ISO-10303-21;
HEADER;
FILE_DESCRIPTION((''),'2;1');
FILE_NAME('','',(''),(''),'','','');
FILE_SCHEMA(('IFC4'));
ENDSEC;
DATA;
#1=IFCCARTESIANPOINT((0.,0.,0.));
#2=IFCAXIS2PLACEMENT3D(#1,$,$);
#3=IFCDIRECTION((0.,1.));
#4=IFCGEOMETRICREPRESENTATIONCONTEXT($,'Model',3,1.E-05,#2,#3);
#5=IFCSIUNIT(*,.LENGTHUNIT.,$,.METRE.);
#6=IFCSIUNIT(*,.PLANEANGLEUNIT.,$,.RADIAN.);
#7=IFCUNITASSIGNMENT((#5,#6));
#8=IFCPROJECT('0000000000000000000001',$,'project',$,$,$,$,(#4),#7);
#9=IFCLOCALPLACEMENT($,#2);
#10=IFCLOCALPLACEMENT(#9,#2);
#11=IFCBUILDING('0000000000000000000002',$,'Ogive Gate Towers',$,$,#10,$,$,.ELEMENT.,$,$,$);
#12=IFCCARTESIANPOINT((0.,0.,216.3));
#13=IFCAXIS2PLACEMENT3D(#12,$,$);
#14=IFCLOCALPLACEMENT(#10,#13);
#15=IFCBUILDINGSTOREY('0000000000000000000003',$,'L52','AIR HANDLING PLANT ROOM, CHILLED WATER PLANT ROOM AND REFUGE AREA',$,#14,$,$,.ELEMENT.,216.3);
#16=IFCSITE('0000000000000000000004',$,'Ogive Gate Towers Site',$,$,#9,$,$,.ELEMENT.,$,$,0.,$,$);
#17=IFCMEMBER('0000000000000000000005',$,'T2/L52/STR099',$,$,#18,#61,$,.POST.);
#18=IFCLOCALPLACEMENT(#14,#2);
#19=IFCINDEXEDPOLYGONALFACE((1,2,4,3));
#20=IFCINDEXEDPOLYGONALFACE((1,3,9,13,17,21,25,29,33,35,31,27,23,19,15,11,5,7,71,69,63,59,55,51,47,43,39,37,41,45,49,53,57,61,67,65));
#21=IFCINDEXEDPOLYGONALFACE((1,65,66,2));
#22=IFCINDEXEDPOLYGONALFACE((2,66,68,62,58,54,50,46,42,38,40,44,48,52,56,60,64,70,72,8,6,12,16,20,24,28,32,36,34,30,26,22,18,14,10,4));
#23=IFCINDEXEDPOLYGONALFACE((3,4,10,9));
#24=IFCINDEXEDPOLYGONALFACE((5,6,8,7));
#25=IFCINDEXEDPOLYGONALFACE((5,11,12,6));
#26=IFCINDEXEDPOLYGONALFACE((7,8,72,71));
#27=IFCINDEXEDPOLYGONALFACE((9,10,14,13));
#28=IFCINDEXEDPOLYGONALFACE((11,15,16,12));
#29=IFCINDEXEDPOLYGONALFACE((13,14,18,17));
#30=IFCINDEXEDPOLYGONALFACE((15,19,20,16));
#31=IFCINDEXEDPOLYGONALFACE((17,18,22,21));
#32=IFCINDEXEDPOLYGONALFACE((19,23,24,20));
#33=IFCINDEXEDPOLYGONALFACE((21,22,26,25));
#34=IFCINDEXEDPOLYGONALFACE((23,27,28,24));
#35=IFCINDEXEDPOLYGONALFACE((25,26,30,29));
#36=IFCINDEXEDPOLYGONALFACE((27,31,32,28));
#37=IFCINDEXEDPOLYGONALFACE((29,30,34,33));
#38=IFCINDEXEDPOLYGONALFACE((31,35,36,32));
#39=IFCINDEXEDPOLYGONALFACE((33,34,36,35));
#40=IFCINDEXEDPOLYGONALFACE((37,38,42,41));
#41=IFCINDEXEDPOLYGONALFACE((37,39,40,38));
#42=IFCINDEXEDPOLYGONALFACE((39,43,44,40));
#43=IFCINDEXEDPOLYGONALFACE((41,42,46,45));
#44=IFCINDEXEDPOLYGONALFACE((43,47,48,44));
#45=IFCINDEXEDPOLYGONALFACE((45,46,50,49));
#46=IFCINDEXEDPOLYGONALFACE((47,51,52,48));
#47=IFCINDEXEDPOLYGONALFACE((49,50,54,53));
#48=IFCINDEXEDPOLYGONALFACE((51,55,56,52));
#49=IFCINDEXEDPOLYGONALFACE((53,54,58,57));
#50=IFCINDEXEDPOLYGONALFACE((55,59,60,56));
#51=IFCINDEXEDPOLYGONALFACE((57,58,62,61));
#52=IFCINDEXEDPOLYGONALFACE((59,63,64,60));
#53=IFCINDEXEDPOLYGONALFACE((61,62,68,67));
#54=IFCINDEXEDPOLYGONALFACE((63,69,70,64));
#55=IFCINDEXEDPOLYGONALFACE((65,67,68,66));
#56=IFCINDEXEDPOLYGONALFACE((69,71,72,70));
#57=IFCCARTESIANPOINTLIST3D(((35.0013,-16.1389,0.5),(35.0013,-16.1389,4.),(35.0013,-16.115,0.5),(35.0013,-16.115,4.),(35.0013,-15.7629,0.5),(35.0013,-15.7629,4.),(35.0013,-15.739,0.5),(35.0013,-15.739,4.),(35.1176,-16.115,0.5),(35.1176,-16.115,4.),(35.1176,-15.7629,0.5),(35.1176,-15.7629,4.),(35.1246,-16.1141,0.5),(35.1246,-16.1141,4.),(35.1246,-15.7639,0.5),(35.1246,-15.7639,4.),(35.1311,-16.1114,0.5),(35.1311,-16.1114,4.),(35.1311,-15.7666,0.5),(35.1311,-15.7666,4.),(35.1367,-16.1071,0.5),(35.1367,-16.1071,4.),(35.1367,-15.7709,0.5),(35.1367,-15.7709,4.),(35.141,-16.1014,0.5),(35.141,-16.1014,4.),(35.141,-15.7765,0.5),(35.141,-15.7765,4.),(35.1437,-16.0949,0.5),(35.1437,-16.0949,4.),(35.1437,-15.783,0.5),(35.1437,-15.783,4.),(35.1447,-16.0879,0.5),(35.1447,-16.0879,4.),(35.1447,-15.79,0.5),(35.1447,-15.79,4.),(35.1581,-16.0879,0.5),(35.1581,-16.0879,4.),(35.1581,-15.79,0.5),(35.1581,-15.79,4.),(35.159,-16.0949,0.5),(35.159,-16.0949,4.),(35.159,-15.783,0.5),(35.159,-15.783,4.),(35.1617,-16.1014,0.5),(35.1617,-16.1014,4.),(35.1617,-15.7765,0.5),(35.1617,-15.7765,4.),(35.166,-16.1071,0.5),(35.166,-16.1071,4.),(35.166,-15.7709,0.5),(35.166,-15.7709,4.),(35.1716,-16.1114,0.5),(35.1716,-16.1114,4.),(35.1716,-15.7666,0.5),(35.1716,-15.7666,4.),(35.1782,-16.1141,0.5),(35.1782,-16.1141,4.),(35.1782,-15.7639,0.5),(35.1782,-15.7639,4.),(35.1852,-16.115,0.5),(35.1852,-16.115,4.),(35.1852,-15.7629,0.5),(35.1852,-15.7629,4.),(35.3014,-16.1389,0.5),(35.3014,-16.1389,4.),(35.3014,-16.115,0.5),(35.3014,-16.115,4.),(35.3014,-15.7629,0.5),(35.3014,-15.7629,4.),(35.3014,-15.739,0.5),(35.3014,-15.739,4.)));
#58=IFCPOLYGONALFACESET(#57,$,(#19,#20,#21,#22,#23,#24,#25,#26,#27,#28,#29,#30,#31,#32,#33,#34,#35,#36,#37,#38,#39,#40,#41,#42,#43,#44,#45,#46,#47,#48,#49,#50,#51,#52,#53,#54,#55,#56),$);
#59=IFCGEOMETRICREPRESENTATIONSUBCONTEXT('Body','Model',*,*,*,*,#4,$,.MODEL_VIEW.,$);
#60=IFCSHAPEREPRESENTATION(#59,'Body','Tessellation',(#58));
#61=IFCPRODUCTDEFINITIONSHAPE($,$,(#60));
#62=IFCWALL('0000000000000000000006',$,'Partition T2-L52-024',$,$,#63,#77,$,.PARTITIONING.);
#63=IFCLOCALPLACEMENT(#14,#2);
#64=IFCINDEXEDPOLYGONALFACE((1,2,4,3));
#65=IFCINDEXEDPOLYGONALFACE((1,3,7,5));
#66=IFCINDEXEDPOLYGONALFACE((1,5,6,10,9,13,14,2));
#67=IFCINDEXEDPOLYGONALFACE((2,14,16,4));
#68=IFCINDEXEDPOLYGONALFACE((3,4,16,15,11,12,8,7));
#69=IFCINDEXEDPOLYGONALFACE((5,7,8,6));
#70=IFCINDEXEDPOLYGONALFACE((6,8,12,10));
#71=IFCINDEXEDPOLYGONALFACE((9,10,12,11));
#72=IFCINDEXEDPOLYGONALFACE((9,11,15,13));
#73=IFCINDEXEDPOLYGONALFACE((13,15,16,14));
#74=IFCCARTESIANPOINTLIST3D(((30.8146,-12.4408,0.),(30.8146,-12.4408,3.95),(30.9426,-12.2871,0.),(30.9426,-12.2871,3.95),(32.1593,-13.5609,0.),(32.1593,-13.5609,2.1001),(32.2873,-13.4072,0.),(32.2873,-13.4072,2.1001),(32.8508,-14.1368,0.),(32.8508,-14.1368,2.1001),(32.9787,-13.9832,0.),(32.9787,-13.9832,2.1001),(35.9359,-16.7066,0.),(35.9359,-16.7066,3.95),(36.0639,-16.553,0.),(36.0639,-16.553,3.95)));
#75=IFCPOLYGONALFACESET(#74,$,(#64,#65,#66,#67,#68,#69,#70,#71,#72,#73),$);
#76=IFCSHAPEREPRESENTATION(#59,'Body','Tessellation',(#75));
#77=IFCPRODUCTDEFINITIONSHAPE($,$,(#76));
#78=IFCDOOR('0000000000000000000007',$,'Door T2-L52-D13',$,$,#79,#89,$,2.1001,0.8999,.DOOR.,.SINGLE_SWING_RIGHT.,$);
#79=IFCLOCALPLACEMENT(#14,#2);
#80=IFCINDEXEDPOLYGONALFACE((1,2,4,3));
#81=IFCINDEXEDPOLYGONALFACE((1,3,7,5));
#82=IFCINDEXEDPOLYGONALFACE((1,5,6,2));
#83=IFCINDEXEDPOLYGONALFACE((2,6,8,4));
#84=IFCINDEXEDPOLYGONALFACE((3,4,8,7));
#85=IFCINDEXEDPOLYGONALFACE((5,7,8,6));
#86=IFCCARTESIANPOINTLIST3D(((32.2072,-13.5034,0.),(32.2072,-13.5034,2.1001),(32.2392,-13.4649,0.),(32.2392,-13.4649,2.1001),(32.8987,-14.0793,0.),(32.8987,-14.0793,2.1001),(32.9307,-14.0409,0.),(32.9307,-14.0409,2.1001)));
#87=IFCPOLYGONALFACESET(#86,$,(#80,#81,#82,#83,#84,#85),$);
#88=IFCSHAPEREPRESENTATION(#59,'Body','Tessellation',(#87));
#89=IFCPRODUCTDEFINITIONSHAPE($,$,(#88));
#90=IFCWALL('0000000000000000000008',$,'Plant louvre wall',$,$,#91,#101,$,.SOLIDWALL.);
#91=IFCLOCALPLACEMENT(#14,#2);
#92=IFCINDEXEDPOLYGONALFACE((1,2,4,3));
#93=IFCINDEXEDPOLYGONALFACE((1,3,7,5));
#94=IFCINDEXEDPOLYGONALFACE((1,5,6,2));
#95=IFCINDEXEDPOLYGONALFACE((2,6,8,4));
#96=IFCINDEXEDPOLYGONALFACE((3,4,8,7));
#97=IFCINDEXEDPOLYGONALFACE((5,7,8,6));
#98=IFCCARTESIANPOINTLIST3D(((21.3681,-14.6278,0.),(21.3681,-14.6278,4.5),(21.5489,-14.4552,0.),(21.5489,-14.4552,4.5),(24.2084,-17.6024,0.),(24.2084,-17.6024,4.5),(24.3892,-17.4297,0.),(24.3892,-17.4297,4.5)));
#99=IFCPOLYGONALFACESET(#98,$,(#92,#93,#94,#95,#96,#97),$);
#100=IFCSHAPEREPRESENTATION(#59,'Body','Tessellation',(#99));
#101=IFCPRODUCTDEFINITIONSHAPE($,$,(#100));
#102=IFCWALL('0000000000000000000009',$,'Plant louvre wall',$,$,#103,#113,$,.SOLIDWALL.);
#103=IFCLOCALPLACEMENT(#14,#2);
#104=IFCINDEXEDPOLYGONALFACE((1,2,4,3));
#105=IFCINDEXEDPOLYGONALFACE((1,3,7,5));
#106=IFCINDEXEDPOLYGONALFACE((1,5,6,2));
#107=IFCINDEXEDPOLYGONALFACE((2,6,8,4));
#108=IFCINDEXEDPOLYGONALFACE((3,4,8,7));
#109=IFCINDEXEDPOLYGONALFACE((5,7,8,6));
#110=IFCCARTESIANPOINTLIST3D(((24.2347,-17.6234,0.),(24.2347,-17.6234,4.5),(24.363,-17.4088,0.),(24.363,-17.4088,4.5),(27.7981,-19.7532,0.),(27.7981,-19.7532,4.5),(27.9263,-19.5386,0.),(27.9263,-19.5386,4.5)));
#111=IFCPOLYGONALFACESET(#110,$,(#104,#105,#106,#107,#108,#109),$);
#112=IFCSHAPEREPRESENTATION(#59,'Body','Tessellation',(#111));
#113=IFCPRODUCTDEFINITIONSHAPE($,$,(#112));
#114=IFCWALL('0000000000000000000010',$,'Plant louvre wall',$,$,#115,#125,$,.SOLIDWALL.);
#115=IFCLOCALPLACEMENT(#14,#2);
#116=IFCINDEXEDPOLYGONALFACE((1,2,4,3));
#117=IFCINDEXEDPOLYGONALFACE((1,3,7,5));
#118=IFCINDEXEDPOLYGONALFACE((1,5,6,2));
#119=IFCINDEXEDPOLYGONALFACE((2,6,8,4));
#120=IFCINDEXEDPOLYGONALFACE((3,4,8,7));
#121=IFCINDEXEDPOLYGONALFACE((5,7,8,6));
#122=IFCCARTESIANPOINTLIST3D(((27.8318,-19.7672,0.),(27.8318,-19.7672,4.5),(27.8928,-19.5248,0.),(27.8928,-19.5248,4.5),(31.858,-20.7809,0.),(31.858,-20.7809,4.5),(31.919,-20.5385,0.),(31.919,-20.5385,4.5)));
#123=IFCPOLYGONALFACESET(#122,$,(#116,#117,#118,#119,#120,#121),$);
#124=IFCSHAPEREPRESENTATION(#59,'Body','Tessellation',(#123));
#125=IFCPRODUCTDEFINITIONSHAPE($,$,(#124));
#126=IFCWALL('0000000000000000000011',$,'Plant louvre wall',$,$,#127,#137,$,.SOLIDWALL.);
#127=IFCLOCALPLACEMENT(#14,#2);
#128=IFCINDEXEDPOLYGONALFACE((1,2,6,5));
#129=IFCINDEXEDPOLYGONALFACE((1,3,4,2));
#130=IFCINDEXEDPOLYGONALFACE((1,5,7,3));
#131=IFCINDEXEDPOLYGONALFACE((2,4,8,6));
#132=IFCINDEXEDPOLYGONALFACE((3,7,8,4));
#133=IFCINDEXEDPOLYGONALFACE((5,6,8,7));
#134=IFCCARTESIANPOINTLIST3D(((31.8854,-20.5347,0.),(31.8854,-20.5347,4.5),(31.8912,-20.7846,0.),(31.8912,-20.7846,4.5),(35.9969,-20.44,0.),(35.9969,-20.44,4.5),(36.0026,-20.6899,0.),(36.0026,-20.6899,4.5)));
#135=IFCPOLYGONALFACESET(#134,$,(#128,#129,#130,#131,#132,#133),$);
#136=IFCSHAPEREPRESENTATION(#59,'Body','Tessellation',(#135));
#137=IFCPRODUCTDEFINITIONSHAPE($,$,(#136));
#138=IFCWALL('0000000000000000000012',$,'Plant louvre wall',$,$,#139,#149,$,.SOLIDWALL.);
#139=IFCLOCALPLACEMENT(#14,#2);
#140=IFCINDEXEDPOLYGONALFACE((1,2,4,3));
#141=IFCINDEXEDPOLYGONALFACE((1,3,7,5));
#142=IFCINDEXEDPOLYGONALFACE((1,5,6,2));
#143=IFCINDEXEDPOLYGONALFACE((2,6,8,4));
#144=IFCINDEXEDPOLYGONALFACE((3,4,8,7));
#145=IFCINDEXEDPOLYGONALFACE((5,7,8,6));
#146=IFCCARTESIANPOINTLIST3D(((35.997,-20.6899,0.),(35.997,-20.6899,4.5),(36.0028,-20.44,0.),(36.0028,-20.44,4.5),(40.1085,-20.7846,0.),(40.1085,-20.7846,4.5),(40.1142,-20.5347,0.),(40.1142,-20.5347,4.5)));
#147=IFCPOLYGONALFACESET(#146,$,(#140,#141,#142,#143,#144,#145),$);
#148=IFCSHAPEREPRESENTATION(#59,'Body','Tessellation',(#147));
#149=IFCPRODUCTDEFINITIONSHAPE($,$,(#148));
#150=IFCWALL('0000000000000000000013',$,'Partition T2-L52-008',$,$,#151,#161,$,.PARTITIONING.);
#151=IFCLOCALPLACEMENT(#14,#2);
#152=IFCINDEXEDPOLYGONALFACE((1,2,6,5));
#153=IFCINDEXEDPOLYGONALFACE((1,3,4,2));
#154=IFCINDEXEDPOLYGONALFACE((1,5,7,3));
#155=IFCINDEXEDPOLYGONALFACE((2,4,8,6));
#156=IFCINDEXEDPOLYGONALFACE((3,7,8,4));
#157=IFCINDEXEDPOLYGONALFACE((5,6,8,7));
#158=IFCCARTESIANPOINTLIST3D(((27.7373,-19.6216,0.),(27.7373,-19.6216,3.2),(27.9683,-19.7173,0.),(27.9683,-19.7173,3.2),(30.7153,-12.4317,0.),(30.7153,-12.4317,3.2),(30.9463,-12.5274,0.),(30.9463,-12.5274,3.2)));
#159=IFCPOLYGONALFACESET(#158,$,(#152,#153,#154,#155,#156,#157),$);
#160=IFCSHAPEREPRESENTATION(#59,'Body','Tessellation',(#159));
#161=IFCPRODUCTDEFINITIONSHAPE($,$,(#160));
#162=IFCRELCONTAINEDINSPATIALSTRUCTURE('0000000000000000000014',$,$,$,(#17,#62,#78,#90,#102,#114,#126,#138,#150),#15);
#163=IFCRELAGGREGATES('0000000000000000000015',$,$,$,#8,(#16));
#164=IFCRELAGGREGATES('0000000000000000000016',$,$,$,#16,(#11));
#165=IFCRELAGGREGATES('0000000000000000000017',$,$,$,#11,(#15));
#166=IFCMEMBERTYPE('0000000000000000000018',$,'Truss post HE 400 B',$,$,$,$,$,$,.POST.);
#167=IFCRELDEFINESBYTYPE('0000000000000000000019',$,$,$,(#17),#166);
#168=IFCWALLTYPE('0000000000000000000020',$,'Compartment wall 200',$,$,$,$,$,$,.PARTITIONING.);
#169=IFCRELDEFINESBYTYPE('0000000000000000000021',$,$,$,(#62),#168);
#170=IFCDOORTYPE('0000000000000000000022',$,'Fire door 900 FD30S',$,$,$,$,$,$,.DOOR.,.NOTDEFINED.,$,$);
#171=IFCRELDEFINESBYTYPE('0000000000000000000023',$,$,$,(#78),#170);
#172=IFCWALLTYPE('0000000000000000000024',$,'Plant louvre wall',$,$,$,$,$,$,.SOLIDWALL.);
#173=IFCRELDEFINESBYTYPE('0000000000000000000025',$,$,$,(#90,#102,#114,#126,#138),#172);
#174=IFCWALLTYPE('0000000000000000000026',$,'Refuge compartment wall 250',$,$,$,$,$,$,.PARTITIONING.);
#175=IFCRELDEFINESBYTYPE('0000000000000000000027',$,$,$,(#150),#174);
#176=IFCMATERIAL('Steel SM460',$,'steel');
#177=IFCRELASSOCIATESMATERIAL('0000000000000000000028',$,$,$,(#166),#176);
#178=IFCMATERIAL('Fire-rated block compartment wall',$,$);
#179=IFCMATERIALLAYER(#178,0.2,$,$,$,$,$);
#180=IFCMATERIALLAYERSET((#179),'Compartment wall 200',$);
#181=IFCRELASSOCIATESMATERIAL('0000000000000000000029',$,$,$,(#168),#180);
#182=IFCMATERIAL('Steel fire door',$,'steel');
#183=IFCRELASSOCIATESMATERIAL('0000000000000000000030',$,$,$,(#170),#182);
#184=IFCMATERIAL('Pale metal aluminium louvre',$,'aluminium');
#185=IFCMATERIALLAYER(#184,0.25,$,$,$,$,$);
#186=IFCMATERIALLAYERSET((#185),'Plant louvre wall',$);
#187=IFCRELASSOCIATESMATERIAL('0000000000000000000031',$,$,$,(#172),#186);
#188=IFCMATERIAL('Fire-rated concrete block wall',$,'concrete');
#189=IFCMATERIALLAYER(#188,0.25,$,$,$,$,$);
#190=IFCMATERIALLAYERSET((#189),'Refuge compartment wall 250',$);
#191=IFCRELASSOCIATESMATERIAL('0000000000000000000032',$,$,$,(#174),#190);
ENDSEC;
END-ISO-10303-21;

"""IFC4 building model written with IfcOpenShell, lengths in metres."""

from ifc_helpers import new_model, si_unit, direction, frame, frame_2d, origin, origin_2d, place, context, subcontext, project, spatial, rectangle, i_section, extrude, material, layer, layer_set, material_profile, profile_set, type_object, element, fill, save


model = new_model("IFC4")

# Units and contexts
model_context = context("Model", 3, precision=1e-05, world=origin(), true_north=direction((0.0, 1.0)))
body_context = subcontext(model_context, "Body", "Model", "MODEL_VIEW")
ifc_project = project(units=[si_unit("LENGTHUNIT", "METRE"), si_unit("PLANEANGLEUNIT", "RADIAN")], contexts=[model_context])

# Site, building, storey
site_placement = place(None, origin())
site = spatial("IfcSite", under=ifc_project, at=site_placement, Name="Ogive Gate Towers Site", CompositionType="ELEMENT", RefElevation=0.0)
building_placement = place(site_placement, origin())
building = spatial("IfcBuilding", under=site, at=building_placement, Name="Ogive Gate Towers", CompositionType="ELEMENT")
storey_placement = place(building_placement, frame((0.0, 0.0, 216.3)))
storey = spatial("IfcBuildingStorey", under=building, at=storey_placement, Name="L52", Description="AIR HANDLING PLANT ROOM, CHILLED WATER PLANT ROOM AND REFUGE AREA", CompositionType="ELEMENT", Elevation=216.3)

# Shared definitions
ifc_material_1 = material(Name="Steel SM460", Category="steel")

# Member
ifc_material_profile_1 = material_profile(ifc_material_1, i_section(OverallWidth=0.3, OverallDepth=0.3999, WebThickness=0.0134, FlangeThickness=0.0239, FilletRadius=0.0271, at=origin_2d()), Name="HE 400 B")
ifc_profile_set_1 = profile_set([ifc_material_profile_1], Name="Steel SM460")
member_type_1 = type_object("IfcMemberType", Name="Truss post HE 400 B", PredefinedType="POST", material=ifc_profile_set_1)
for number, where, z_axis, x_axis, name in (
    (1, (35.1514, -15.939, 0.5), (0.0, 0.0, 1.0), (1.0, 0.0, 0.0), "T2/L52/STR099"),
):
    element("IfcMember", number, at=place(storey_placement, frame(where, z_axis=z_axis, x_axis=x_axis)), inside=storey, type_object=member_type_1, Name=name, PredefinedType="POST", context=body_context, shape_type="SweptSolid", body=[
        extrude(i_section(OverallWidth=0.3, OverallDepth=0.3999, WebThickness=0.0134, FlangeThickness=0.0239, FilletRadius=0.0271, at=origin_2d()), origin(), (0.0, 0.0, 1.0), 3.5),
    ])

# Wall, opening, door
ifc_material_2 = material(Name="Fire-rated block compartment wall")
ifc_layer_1 = layer(ifc_material_2, 0.2)
ifc_layer_set_1 = layer_set([ifc_layer_1], Name="Compartment wall 200")
wall_type_1 = type_object("IfcWallType", Name="Compartment wall 200", PredefinedType="PARTITIONING", material=ifc_layer_set_1)
wall_1_placement = place(storey_placement, frame((30.8787, -12.364, 0.0), z_axis=(0.0, 0.0, 1.0), x_axis=(0.768362, -0.640015, 0.0)))
wall_1 = element("IfcWall", 2, at=wall_1_placement, inside=storey, type_object=wall_type_1, Name="Partition T2-L52-024", PredefinedType="PARTITIONING", context=body_context, shape_type="SweptSolid", body=[
    extrude(rectangle(XDim=6.6653, YDim=0.2, at=frame_2d((3.3325, 0.0))), origin(), (0.0, 0.0, 1.0), 3.95),
])
opening_placement = place(wall_1_placement, frame((1.75, 0.0, 0.0)))
opening = element("IfcOpeningElement", 3, at=opening_placement, cuts=wall_1, PredefinedType="OPENING", context=body_context, shape_type="SweptSolid", body=[
    extrude(rectangle(XDim=0.8999, YDim=2.1001, at=frame_2d((0.45, 1.05))), frame((0.0, 0.1099, 0.0), z_axis=(0.0, -1.0, 0.0), x_axis=(1.0, 0.0, 0.0)), (0.0, 0.0, 1.0), 0.22),
])
ifc_material_3 = material(Name="Steel fire door", Category="steel")
door_type = type_object("IfcDoorType", Name="Fire door 900 FD30S", OperationType="NOTDEFINED", PredefinedType="DOOR", material=ifc_material_3)
door_placement = place(opening_placement, origin())
door = element("IfcDoor", 4, at=door_placement, inside=storey, type_object=door_type, Name="Door T2-L52-D13", OperationType="SINGLE_SWING_RIGHT", OverallHeight=2.1001, OverallWidth=0.8999, PredefinedType="DOOR", context=body_context, shape_type="SweptSolid", body=[
    extrude(rectangle(XDim=0.8999, YDim=2.1001, at=frame_2d((0.45, 1.05))), frame((0.0, 0.0249, 0.0), z_axis=(0.0, -1.0, 0.0), x_axis=(1.0, 0.0, 0.0)), (0.0, 0.0, 1.0), 0.05),
])
fill(opening, door)

# Walls
ifc_material_4 = material(Name="Pale metal aluminium louvre", Category="aluminium")
ifc_layer_2 = layer(ifc_material_4, 0.25)
ifc_layer_set_2 = layer_set([ifc_layer_2], Name="Plant louvre wall")
wall_type_2 = type_object("IfcWallType", Name="Plant louvre wall", PredefinedType="SOLIDWALL", material=ifc_layer_set_2)
wall_2_placement = place(storey_placement, frame((21.4585, -14.5415, 0.0), z_axis=(0.0, 0.0, 1.0), x_axis=(0.690594, -0.723242, 0.0)))
element("IfcWall", 5, at=wall_2_placement, inside=storey, type_object=wall_type_2, Name="Plant louvre wall", PredefinedType="SOLIDWALL", context=body_context, shape_type="SweptSolid", body=[
    extrude(rectangle(XDim=4.1128, YDim=0.25, at=frame_2d((2.0564, 0.0))), origin(), (0.0, 0.0, 1.0), 4.5),
])
wall_3_placement = place(storey_placement, frame((24.2988, -17.5161, 0.0), z_axis=(0.0, 0.0, 1.0), x_axis=(0.858363, -0.513042, 0.0)))
element("IfcWall", 6, at=wall_3_placement, inside=storey, type_object=wall_type_2, Name="Plant louvre wall", PredefinedType="SOLIDWALL", context=body_context, shape_type="SweptSolid", body=[
    extrude(rectangle(XDim=4.1514, YDim=0.25, at=frame_2d((2.0757, 0.0))), origin(), (0.0, 0.0, 1.0), 4.5),
])
wall_4_placement = place(storey_placement, frame((27.8623, -19.646, 0.0), z_axis=(0.0, 0.0, 1.0), x_axis=(0.969736, -0.244154, 0.0)))
element("IfcWall", 7, at=wall_4_placement, inside=storey, type_object=wall_type_2, Name="Plant louvre wall", PredefinedType="SOLIDWALL", context=body_context, shape_type="SweptSolid", body=[
    extrude(rectangle(XDim=4.1519, YDim=0.25, at=frame_2d((2.0759, 0.0))), origin(), (0.0, 0.0, 1.0), 4.5),
])
for number, where, z_axis, x_axis, name in (
    (8, (31.8884, -20.6597, 0.0), (0.0, 0.0, 1.0), (0.999735, 0.023033, 0.0), "Plant louvre wall"),
    (9, (36.0, -20.5649, 0.0), (0.0, 0.0, 1.0), (0.999735, -0.023033, 0.0), "Plant louvre wall"),
):
    element("IfcWall", number, at=place(storey_placement, frame(where, z_axis=z_axis, x_axis=x_axis)), inside=storey, type_object=wall_type_2, Name=name, PredefinedType="SOLIDWALL", context=body_context, shape_type="SweptSolid", body=[
        extrude(rectangle(XDim=4.1125, YDim=0.25, at=frame_2d((2.0562, 0.0))), origin(), (0.0, 0.0, 1.0), 4.5),
    ])
ifc_material_5 = material(Name="Fire-rated concrete block wall", Category="concrete")
ifc_layer_3 = layer(ifc_material_5, 0.25)
ifc_layer_set_3 = layer_set([ifc_layer_3], Name="Refuge compartment wall 250")
wall_type_3 = type_object("IfcWallType", Name="Refuge compartment wall 250", PredefinedType="PARTITIONING", material=ifc_layer_set_3)
wall_5_placement = place(storey_placement, frame((27.8528, -19.6694, 0.0), z_axis=(0.0, 0.0, 1.0), x_axis=(0.382668, 0.923886, 0.0)))
element("IfcWall", 10, at=wall_5_placement, inside=storey, type_object=wall_type_3, Name="Partition T2-L52-008", PredefinedType="PARTITIONING", context=body_context, shape_type="SweptSolid", body=[
    extrude(rectangle(XDim=7.7822, YDim=0.25, at=frame_2d((3.8911, 0.0))), origin(), (0.0, 0.0, 1.0), 3.2),
])

save(model, "model.ifc")
